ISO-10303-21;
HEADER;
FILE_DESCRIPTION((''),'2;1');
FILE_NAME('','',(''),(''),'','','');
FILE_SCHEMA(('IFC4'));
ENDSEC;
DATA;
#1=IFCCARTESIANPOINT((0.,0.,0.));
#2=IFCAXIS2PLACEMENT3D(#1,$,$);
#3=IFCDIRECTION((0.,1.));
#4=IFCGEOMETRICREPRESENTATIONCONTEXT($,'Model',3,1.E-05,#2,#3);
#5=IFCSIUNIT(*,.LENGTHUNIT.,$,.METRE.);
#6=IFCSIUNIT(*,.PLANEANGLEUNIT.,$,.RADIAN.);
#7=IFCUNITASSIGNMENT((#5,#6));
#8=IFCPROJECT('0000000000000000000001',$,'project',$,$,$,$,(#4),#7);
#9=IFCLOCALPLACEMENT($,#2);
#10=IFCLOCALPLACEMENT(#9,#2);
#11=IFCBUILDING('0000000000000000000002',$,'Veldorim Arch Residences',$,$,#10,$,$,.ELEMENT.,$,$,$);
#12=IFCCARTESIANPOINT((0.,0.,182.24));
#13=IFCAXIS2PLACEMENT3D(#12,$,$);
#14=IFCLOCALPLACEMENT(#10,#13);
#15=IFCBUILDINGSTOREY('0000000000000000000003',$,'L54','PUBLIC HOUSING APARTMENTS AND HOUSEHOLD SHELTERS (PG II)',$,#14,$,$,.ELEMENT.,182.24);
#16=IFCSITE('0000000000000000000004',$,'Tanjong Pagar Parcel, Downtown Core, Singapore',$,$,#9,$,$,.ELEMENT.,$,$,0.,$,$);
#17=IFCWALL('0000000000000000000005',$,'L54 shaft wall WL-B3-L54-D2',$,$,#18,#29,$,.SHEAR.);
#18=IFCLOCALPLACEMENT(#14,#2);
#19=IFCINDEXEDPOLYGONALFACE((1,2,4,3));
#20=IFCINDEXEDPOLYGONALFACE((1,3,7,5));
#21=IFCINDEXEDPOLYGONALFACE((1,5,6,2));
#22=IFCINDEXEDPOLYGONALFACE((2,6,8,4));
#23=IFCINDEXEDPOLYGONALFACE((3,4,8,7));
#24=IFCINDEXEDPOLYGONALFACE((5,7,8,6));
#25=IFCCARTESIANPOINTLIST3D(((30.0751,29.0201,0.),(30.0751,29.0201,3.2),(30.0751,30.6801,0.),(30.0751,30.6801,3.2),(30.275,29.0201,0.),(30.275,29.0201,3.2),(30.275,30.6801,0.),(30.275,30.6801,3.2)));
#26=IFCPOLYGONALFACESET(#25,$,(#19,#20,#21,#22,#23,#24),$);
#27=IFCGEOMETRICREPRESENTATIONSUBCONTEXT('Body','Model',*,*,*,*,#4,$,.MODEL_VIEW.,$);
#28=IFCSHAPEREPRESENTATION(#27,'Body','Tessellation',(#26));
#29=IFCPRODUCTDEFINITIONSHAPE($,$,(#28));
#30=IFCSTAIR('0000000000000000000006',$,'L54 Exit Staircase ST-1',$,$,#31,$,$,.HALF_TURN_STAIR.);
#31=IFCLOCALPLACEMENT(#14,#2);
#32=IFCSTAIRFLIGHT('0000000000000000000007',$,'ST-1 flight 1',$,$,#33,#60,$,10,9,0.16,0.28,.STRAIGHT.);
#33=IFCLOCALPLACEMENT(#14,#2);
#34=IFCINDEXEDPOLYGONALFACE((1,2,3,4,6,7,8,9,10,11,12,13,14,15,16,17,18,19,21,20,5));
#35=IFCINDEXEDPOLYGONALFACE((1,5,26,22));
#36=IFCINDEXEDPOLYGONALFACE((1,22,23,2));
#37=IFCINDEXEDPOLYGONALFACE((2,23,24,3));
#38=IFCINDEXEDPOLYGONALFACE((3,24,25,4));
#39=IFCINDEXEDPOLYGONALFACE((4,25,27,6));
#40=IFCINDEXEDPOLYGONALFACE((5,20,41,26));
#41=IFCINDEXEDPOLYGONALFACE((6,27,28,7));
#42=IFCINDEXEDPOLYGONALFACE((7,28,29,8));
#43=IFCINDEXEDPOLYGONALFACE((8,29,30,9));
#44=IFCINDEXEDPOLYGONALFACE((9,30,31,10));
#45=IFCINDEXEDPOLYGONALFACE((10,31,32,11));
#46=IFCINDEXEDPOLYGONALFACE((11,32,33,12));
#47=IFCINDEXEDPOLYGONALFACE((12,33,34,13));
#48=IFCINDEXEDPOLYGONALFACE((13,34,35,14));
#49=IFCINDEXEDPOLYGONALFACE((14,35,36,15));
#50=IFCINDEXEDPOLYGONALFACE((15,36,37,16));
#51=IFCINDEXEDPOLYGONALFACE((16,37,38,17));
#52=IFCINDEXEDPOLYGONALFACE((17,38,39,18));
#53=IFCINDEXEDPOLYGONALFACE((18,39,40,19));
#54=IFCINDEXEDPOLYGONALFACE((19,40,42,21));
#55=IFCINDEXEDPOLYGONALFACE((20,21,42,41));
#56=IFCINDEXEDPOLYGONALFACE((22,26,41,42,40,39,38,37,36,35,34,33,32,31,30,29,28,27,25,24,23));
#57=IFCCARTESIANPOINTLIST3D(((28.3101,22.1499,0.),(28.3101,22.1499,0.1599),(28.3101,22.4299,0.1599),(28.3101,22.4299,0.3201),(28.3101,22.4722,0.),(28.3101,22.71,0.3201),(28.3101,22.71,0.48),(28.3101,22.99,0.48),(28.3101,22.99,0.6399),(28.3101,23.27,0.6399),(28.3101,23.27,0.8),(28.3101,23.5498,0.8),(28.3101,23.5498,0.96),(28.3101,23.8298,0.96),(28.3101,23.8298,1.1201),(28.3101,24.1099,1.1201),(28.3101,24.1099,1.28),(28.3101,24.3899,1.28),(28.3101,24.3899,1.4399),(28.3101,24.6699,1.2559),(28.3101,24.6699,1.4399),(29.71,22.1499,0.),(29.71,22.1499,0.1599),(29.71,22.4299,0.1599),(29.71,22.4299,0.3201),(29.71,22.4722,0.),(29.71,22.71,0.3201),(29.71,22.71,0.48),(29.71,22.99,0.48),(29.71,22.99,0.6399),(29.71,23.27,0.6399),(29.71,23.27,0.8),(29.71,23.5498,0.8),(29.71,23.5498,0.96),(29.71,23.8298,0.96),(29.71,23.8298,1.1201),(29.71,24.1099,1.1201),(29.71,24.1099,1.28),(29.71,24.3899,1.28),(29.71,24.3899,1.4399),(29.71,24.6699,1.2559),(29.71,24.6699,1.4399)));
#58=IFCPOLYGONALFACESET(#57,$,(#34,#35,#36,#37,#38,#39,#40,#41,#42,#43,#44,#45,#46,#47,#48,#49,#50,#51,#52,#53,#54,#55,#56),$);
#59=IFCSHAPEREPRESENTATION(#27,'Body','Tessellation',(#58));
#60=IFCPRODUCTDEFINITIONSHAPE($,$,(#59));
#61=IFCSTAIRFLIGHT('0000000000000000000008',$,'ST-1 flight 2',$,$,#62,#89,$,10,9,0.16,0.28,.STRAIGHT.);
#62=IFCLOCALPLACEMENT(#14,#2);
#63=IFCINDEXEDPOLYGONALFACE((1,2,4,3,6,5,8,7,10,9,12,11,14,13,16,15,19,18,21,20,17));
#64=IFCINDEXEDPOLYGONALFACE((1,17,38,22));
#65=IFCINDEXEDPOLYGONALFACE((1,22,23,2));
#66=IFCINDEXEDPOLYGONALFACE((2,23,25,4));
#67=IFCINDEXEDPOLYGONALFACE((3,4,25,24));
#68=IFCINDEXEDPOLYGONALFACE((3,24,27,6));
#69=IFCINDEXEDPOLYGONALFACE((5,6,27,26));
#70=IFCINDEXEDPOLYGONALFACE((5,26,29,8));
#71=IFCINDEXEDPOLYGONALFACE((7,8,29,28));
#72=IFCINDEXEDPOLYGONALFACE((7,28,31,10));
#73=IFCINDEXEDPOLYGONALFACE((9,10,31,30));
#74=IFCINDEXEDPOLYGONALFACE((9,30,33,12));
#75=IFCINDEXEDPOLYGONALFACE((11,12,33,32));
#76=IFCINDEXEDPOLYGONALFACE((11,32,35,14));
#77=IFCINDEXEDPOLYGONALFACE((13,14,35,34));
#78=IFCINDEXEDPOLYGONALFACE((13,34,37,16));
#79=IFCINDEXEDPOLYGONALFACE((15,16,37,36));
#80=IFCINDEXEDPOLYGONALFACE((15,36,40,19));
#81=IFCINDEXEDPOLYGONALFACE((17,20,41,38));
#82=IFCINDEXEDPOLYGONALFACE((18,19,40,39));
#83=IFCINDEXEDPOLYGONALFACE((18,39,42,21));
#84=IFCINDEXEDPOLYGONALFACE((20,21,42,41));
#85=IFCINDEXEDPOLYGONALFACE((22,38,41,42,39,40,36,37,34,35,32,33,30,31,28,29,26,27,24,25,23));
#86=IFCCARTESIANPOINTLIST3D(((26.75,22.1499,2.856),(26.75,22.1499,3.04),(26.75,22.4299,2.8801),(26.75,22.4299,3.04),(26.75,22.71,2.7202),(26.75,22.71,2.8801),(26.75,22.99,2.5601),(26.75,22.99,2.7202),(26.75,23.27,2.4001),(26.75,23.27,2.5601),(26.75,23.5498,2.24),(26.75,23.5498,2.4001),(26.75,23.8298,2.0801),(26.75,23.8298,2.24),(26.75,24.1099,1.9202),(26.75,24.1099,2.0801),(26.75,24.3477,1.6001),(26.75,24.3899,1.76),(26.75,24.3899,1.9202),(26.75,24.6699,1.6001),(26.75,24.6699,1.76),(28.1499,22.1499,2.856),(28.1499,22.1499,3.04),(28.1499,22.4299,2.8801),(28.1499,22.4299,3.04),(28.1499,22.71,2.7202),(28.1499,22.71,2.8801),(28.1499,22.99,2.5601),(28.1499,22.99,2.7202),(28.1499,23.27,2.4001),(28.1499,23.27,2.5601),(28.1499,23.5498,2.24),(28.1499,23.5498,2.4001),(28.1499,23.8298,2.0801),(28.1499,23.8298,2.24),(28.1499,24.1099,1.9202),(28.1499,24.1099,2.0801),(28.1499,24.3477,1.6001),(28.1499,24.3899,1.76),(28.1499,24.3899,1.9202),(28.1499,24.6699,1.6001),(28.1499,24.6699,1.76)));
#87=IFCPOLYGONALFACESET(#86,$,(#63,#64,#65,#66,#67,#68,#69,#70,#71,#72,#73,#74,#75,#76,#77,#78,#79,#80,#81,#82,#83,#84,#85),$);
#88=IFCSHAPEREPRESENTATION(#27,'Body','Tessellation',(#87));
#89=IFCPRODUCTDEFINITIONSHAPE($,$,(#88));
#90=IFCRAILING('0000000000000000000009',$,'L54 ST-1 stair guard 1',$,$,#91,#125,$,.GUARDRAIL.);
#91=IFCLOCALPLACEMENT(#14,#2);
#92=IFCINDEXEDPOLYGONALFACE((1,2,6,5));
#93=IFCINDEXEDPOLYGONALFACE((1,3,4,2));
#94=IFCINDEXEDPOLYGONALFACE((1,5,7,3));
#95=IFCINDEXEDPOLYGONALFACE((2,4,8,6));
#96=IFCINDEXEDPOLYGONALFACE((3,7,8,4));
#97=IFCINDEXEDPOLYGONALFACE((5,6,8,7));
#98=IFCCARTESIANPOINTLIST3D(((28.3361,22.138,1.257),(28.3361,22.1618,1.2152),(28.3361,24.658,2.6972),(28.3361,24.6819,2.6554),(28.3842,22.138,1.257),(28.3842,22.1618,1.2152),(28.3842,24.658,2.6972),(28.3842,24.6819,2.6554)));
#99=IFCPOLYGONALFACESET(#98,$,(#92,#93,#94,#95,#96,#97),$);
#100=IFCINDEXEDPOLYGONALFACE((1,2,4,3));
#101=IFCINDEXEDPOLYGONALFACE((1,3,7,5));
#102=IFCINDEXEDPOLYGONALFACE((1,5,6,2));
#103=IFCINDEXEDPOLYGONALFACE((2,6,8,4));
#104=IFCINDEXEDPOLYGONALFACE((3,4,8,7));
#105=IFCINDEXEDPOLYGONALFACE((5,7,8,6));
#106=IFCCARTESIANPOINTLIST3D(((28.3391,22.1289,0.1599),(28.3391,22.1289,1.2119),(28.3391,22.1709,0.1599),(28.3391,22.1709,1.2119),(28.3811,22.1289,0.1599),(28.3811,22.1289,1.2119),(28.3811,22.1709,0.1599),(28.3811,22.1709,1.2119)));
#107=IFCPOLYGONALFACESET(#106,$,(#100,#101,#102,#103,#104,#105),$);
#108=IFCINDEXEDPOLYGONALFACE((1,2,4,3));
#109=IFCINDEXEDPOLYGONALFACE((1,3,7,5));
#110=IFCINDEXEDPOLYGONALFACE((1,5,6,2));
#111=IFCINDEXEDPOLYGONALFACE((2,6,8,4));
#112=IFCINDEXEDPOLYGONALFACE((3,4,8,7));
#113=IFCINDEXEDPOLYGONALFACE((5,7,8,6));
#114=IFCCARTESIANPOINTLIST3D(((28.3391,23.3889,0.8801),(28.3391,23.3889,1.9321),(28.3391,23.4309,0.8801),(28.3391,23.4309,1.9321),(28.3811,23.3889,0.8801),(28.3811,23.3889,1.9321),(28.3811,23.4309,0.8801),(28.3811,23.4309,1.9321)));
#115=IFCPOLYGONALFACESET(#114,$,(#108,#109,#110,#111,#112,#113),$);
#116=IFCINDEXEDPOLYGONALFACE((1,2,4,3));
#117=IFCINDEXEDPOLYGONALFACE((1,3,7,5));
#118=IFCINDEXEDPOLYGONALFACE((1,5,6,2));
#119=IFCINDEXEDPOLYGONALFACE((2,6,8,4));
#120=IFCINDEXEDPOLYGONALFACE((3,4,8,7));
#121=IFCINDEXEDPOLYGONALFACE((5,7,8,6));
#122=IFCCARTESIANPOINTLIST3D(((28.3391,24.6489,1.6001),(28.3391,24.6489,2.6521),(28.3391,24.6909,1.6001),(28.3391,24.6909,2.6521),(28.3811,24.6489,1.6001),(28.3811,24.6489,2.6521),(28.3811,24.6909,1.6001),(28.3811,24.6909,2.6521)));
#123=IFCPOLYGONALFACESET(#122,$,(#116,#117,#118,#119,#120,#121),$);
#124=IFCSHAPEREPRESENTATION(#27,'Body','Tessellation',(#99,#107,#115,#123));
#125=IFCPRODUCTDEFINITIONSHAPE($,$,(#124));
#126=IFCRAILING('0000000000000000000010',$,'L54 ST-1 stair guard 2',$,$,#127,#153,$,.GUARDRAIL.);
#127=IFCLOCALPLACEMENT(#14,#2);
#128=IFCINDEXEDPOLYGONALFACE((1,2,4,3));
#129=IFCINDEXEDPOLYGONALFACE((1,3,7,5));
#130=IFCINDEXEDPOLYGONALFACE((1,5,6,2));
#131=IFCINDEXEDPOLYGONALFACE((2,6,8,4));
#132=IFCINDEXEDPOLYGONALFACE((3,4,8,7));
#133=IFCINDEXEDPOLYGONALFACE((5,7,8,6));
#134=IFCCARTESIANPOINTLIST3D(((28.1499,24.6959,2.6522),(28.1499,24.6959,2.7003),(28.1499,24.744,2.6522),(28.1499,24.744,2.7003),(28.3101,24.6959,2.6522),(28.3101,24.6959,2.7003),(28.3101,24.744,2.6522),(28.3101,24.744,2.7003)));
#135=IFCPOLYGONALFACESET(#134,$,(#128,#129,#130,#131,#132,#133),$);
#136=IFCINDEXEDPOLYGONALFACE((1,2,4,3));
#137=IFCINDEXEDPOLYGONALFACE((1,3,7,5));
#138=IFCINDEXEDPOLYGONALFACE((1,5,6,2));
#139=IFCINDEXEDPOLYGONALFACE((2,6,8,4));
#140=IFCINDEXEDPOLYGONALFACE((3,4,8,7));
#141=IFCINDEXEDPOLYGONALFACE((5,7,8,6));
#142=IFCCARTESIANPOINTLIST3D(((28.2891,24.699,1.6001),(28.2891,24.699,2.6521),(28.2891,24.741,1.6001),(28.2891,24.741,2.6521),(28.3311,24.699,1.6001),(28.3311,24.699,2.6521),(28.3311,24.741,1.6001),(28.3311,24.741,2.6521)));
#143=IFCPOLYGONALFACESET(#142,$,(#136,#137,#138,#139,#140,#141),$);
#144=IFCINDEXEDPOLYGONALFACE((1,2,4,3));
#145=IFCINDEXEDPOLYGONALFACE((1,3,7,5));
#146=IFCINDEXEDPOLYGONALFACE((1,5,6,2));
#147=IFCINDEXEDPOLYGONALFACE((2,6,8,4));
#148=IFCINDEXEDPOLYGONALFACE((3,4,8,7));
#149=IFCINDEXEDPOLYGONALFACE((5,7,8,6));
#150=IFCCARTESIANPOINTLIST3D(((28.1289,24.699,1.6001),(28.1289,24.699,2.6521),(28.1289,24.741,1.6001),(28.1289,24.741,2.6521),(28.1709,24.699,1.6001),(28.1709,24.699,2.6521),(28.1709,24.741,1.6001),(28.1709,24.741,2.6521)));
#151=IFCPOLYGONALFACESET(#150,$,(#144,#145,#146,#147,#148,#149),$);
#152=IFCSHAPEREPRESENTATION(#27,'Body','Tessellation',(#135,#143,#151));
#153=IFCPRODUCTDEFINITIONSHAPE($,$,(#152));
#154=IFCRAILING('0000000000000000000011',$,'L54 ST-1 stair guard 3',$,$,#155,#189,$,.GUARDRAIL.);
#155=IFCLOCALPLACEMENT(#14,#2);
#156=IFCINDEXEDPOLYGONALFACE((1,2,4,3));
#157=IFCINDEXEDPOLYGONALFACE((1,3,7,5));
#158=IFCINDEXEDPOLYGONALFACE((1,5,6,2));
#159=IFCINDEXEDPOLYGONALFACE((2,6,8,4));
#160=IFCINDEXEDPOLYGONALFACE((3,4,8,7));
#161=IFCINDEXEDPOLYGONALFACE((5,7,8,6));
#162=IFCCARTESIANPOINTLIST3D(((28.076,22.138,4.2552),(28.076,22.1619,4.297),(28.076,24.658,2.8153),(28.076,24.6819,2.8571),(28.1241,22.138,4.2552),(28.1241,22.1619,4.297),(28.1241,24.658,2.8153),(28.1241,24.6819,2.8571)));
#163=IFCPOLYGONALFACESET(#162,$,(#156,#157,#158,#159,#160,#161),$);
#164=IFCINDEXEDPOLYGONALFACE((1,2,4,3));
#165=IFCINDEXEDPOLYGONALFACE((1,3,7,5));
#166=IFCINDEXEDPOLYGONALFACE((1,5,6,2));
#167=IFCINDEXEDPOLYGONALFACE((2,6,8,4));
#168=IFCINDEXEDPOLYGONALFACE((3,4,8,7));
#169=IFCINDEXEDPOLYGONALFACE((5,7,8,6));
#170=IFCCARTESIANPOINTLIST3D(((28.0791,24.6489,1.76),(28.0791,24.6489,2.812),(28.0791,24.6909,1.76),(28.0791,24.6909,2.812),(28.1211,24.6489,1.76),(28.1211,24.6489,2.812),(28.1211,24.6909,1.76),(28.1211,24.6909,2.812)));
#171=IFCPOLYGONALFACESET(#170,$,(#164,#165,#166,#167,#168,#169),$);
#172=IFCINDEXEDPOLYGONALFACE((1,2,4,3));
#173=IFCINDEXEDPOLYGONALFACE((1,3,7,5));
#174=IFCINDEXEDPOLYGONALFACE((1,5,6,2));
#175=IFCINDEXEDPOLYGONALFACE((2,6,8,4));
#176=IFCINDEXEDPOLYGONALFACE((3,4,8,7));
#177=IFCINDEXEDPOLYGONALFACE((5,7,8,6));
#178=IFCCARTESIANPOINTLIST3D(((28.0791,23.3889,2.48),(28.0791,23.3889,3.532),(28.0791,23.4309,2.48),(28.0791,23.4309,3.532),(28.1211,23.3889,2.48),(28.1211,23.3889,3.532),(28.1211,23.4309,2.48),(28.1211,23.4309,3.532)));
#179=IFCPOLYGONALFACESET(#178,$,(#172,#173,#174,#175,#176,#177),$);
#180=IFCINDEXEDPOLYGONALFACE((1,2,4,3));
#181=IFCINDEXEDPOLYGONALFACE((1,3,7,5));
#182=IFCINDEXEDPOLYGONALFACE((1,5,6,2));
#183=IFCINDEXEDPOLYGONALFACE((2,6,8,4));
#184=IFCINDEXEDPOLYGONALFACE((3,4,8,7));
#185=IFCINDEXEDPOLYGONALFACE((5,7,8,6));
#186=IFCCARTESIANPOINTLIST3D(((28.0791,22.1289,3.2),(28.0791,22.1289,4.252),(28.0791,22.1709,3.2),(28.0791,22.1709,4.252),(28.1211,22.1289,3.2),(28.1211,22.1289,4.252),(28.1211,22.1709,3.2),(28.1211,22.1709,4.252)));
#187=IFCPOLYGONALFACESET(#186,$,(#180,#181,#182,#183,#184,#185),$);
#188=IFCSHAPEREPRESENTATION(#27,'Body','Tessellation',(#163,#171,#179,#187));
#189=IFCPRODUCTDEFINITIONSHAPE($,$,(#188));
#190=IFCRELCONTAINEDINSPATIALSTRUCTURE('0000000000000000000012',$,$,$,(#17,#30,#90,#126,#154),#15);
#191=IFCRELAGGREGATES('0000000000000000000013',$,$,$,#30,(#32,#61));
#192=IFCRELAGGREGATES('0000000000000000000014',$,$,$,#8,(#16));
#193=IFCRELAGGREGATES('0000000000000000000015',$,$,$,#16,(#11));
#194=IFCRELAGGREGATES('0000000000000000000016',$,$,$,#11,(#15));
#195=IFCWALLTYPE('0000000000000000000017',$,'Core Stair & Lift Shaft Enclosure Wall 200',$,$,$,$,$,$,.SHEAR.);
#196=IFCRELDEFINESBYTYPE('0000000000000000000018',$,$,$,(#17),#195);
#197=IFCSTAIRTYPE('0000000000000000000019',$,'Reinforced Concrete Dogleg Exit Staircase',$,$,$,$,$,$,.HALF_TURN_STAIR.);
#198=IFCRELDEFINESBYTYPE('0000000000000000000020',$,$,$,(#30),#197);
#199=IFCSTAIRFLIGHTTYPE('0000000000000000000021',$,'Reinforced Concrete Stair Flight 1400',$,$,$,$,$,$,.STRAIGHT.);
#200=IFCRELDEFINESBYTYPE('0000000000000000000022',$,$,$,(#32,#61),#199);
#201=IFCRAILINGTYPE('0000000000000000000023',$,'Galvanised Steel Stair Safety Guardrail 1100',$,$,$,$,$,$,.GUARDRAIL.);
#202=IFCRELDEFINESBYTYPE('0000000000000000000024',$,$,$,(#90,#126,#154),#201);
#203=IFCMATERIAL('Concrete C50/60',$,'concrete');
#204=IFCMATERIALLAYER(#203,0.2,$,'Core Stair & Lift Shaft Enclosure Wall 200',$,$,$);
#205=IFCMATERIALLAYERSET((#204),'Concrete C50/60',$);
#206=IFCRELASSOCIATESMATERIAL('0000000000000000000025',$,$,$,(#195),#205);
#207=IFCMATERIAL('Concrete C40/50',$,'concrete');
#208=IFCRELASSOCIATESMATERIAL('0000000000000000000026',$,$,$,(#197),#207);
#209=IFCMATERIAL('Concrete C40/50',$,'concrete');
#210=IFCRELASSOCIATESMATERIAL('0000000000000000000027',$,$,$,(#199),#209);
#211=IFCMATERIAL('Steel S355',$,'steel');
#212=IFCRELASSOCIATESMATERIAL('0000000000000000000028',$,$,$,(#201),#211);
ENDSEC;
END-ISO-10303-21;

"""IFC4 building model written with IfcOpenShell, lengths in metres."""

from ifc_helpers import new_model, si_unit, direction, frame, frame_2d, origin, origin_2d, place, context, subcontext, project, spatial, polyline, rectangle, outline, extrude, material, layer, layer_set, type_object, element, aggregate, save


model = new_model("IFC4")

# Units and contexts
model_context = context("Model", 3, precision=1e-05, world=origin(), true_north=direction((0.0, 1.0)))
body_context = subcontext(model_context, "Body", "Model", "MODEL_VIEW")
ifc_project = project(units=[si_unit("LENGTHUNIT", "METRE"), si_unit("PLANEANGLEUNIT", "RADIAN")], contexts=[model_context])

# Site, building, storey
site_placement = place(None, origin())
site = spatial("IfcSite", under=ifc_project, at=site_placement, Name="Tanjong Pagar Parcel, Downtown Core, Singapore", CompositionType="ELEMENT", RefElevation=0.0)
building_placement = place(site_placement, origin())
building = spatial("IfcBuilding", under=site, at=building_placement, Name="Veldorim Arch Residences", CompositionType="ELEMENT")
storey_placement = place(building_placement, frame((0.0, 0.0, 182.24)))
storey = spatial("IfcBuildingStorey", under=building, at=storey_placement, Name="L54", Description="PUBLIC HOUSING APARTMENTS AND HOUSEHOLD SHELTERS (PG II)", CompositionType="ELEMENT", Elevation=182.24)

# Wall
ifc_material_1 = material(Name="Concrete C50/60", Category="concrete")
ifc_layer_1 = layer(ifc_material_1, 0.2, Name="Core Stair & Lift Shaft Enclosure Wall 200")
ifc_layer_set_1 = layer_set([ifc_layer_1], Name="Concrete C50/60")
wall_type_1 = type_object("IfcWallType", Name="Core Stair & Lift Shaft Enclosure Wall 200", PredefinedType="SHEAR", material=ifc_layer_set_1)
for number, where, z_axis, x_axis, name in (
    (1, (30.175, 29.02, 0.0), (0.0, 0.0, 1.0), (0.0, 1.0, 0.0), "L54 shaft wall WL-B3-L54-D2"),
):
    element("IfcWall", number, at=place(storey_placement, frame(where, z_axis=z_axis, x_axis=x_axis)), inside=storey, type_object=wall_type_1, Name=name, PredefinedType="SHEAR", context=body_context, shape_type="SweptSolid", body=[
        extrude(rectangle(XDim=1.6599, YDim=0.2, at=frame_2d((0.8301, 0.0))), origin(), (0.0, 0.0, 1.0), 3.2),
    ])

# Stair, stair flights
ifc_material_2 = material(Name="Concrete C40/50", Category="concrete")
stair_type = type_object("IfcStairType", Name="Reinforced Concrete Dogleg Exit Staircase", PredefinedType="HALF_TURN_STAIR", material=ifc_material_2)
stair_placement = place(storey_placement, origin())
stair = element("IfcStair", 2, at=stair_placement, inside=storey, type_object=stair_type, Name="L54 Exit Staircase ST-1", PredefinedType="HALF_TURN_STAIR")
ifc_material_3 = material(Name="Concrete C40/50", Category="concrete")
stair_flight_type = type_object("IfcStairFlightType", Name="Reinforced Concrete Stair Flight 1400", PredefinedType="STRAIGHT", material=ifc_material_3)
stair_flight_1_placement = place(storey_placement, frame((29.01, 22.1499, 0.0), z_axis=(0.0, 0.0, 1.0), x_axis=(0.0, 1.0, 0.0)))
stair_flight_1 = element("IfcStairFlight", 3, at=stair_flight_1_placement, type_object=stair_flight_type, Name="ST-1 flight 1", NumberOfRisers=10, NumberOfTreads=9, PredefinedType="STRAIGHT", RiserHeight=0.16, TreadLength=0.28, context=body_context, shape_type="SweptSolid", body=[
    extrude(outline(polyline([(0.0, 0.0), (0.0, 0.1599), (0.28, 0.1599), (0.28, 0.3201), (0.5601, 0.3201), (0.5601, 0.48), (0.8401, 0.48), (0.8401, 0.6399), (1.1201, 0.6399), (1.1201, 0.8), (1.3999, 0.8), (1.3999, 0.96), (1.6799, 0.96), (1.6799, 1.1201), (1.96, 1.1201), (1.96, 1.28), (2.24, 1.28), (2.24, 1.4399), (2.52, 1.4399), (2.52, 1.6001), (2.52, 1.2559), (0.3223, 0.0), (0.0, 0.0)])), frame((0.0, 0.7, 0.0), z_axis=(0.0, -1.0, 0.0), x_axis=(1.0, 0.0, 0.0)), (0.0, 0.0, 1.0), 1.3999),
])
stair_flight_2_placement = place(storey_placement, frame((27.45, 24.6699, 1.6001), z_axis=(0.0, 0.0, 1.0), x_axis=(0.0, -1.0, 0.0)))
stair_flight_2 = element("IfcStairFlight", 4, at=stair_flight_2_placement, type_object=stair_flight_type, Name="ST-1 flight 2", NumberOfRisers=10, NumberOfTreads=9, PredefinedType="STRAIGHT", RiserHeight=0.16, TreadLength=0.28, context=body_context, shape_type="SweptSolid", body=[
    extrude(outline(polyline([(0.0, 0.0), (0.0, 0.1599), (0.28, 0.1599), (0.28, 0.3201), (0.5601, 0.3201), (0.5601, 0.48), (0.8401, 0.48), (0.8401, 0.6399), (1.1201, 0.6399), (1.1201, 0.8), (1.3999, 0.8), (1.3999, 0.96), (1.6799, 0.96), (1.6799, 1.1201), (1.96, 1.1201), (1.96, 1.28), (2.24, 1.28), (2.24, 1.4399), (2.52, 1.4399), (2.52, 1.6001), (2.52, 1.2559), (0.3223, 0.0), (0.0, 0.0)])), frame((0.0, 0.7, 0.0), z_axis=(0.0, -1.0, 0.0), x_axis=(1.0, 0.0, 0.0)), (0.0, 0.0, 1.0), 1.3999),
])
aggregate(stair, [stair_flight_1, stair_flight_2])

# Railings
ifc_material_4 = material(Name="Steel S355", Category="steel")
railing_type_1 = type_object("IfcRailingType", Name="Galvanised Steel Stair Safety Guardrail 1100", PredefinedType="GUARDRAIL", material=ifc_material_4)
railing_1_placement = place(storey_placement, frame((28.3601, 22.1499, 0.1599)))
element("IfcRailing", 5, at=railing_1_placement, inside=storey, type_object=railing_type_1, Name="L54 ST-1 stair guard 1", PredefinedType="GUARDRAIL", context=body_context, shape_type="SweptSolid", body=[
    extrude(rectangle(XDim=0.0481, YDim=0.0481, at=origin_2d()), frame((0.0, 0.0, 1.0762), z_axis=(0.0, 0.868217, 0.496184), x_axis=(-1.0, 0.0, 0.0)), (0.0, 0.0, 1.0), 2.9026),
    extrude(rectangle(XDim=0.042, YDim=0.042, at=origin_2d()), origin(), (0.0, 0.0, 1.0), 1.052),
    extrude(rectangle(XDim=0.042, YDim=0.042, at=origin_2d()), frame((0.0, 1.26, 0.7202)), (0.0, 0.0, 1.0), 1.052),
    extrude(rectangle(XDim=0.042, YDim=0.042, at=origin_2d()), frame((0.0, 2.52, 1.4402)), (0.0, 0.0, 1.0), 1.052),
])
railing_2_placement = place(storey_placement, frame((28.3101, 24.72, 1.6001)))
element("IfcRailing", 6, at=railing_2_placement, inside=storey, type_object=railing_type_1, Name="L54 ST-1 stair guard 2", PredefinedType="GUARDRAIL", context=body_context, shape_type="SweptSolid", body=[
    extrude(rectangle(XDim=0.0481, YDim=0.0481, at=origin_2d()), frame((0.0, 0.0, 1.0762), z_axis=(-1.0, 0.0, 0.0), x_axis=(0.0, -1.0, 0.0)), (0.0, 0.0, 1.0), 0.1602),
    extrude(rectangle(XDim=0.042, YDim=0.042, at=origin_2d()), origin(), (0.0, 0.0, 1.0), 1.052),
    extrude(rectangle(XDim=0.042, YDim=0.042, at=origin_2d()), frame((-0.1602, 0.0, 0.0)), (0.0, 0.0, 1.0), 1.052),
])
railing_3_placement = place(storey_placement, frame((28.1001, 24.6699, 1.76)))
element("IfcRailing", 7, at=railing_3_placement, inside=storey, type_object=railing_type_1, Name="L54 ST-1 stair guard 3", PredefinedType="GUARDRAIL", context=body_context, shape_type="SweptSolid", body=[
    extrude(rectangle(XDim=0.0481, YDim=0.0481, at=origin_2d()), frame((0.0, 0.0, 1.0762), z_axis=(0.0, -0.868253, 0.496121), x_axis=(1.0, 0.0, 0.0)), (0.0, 0.0, 1.0), 2.9023),
    extrude(rectangle(XDim=0.042, YDim=0.042, at=origin_2d()), origin(), (0.0, 0.0, 1.0), 1.052),
    extrude(rectangle(XDim=0.042, YDim=0.042, at=origin_2d()), frame((0.0, -1.26, 0.72)), (0.0, 0.0, 1.0), 1.052),
    extrude(rectangle(XDim=0.042, YDim=0.042, at=origin_2d()), frame((0.0, -2.52, 1.4399)), (0.0, 0.0, 1.0), 1.052),
])

save(model, "model.ifc")
